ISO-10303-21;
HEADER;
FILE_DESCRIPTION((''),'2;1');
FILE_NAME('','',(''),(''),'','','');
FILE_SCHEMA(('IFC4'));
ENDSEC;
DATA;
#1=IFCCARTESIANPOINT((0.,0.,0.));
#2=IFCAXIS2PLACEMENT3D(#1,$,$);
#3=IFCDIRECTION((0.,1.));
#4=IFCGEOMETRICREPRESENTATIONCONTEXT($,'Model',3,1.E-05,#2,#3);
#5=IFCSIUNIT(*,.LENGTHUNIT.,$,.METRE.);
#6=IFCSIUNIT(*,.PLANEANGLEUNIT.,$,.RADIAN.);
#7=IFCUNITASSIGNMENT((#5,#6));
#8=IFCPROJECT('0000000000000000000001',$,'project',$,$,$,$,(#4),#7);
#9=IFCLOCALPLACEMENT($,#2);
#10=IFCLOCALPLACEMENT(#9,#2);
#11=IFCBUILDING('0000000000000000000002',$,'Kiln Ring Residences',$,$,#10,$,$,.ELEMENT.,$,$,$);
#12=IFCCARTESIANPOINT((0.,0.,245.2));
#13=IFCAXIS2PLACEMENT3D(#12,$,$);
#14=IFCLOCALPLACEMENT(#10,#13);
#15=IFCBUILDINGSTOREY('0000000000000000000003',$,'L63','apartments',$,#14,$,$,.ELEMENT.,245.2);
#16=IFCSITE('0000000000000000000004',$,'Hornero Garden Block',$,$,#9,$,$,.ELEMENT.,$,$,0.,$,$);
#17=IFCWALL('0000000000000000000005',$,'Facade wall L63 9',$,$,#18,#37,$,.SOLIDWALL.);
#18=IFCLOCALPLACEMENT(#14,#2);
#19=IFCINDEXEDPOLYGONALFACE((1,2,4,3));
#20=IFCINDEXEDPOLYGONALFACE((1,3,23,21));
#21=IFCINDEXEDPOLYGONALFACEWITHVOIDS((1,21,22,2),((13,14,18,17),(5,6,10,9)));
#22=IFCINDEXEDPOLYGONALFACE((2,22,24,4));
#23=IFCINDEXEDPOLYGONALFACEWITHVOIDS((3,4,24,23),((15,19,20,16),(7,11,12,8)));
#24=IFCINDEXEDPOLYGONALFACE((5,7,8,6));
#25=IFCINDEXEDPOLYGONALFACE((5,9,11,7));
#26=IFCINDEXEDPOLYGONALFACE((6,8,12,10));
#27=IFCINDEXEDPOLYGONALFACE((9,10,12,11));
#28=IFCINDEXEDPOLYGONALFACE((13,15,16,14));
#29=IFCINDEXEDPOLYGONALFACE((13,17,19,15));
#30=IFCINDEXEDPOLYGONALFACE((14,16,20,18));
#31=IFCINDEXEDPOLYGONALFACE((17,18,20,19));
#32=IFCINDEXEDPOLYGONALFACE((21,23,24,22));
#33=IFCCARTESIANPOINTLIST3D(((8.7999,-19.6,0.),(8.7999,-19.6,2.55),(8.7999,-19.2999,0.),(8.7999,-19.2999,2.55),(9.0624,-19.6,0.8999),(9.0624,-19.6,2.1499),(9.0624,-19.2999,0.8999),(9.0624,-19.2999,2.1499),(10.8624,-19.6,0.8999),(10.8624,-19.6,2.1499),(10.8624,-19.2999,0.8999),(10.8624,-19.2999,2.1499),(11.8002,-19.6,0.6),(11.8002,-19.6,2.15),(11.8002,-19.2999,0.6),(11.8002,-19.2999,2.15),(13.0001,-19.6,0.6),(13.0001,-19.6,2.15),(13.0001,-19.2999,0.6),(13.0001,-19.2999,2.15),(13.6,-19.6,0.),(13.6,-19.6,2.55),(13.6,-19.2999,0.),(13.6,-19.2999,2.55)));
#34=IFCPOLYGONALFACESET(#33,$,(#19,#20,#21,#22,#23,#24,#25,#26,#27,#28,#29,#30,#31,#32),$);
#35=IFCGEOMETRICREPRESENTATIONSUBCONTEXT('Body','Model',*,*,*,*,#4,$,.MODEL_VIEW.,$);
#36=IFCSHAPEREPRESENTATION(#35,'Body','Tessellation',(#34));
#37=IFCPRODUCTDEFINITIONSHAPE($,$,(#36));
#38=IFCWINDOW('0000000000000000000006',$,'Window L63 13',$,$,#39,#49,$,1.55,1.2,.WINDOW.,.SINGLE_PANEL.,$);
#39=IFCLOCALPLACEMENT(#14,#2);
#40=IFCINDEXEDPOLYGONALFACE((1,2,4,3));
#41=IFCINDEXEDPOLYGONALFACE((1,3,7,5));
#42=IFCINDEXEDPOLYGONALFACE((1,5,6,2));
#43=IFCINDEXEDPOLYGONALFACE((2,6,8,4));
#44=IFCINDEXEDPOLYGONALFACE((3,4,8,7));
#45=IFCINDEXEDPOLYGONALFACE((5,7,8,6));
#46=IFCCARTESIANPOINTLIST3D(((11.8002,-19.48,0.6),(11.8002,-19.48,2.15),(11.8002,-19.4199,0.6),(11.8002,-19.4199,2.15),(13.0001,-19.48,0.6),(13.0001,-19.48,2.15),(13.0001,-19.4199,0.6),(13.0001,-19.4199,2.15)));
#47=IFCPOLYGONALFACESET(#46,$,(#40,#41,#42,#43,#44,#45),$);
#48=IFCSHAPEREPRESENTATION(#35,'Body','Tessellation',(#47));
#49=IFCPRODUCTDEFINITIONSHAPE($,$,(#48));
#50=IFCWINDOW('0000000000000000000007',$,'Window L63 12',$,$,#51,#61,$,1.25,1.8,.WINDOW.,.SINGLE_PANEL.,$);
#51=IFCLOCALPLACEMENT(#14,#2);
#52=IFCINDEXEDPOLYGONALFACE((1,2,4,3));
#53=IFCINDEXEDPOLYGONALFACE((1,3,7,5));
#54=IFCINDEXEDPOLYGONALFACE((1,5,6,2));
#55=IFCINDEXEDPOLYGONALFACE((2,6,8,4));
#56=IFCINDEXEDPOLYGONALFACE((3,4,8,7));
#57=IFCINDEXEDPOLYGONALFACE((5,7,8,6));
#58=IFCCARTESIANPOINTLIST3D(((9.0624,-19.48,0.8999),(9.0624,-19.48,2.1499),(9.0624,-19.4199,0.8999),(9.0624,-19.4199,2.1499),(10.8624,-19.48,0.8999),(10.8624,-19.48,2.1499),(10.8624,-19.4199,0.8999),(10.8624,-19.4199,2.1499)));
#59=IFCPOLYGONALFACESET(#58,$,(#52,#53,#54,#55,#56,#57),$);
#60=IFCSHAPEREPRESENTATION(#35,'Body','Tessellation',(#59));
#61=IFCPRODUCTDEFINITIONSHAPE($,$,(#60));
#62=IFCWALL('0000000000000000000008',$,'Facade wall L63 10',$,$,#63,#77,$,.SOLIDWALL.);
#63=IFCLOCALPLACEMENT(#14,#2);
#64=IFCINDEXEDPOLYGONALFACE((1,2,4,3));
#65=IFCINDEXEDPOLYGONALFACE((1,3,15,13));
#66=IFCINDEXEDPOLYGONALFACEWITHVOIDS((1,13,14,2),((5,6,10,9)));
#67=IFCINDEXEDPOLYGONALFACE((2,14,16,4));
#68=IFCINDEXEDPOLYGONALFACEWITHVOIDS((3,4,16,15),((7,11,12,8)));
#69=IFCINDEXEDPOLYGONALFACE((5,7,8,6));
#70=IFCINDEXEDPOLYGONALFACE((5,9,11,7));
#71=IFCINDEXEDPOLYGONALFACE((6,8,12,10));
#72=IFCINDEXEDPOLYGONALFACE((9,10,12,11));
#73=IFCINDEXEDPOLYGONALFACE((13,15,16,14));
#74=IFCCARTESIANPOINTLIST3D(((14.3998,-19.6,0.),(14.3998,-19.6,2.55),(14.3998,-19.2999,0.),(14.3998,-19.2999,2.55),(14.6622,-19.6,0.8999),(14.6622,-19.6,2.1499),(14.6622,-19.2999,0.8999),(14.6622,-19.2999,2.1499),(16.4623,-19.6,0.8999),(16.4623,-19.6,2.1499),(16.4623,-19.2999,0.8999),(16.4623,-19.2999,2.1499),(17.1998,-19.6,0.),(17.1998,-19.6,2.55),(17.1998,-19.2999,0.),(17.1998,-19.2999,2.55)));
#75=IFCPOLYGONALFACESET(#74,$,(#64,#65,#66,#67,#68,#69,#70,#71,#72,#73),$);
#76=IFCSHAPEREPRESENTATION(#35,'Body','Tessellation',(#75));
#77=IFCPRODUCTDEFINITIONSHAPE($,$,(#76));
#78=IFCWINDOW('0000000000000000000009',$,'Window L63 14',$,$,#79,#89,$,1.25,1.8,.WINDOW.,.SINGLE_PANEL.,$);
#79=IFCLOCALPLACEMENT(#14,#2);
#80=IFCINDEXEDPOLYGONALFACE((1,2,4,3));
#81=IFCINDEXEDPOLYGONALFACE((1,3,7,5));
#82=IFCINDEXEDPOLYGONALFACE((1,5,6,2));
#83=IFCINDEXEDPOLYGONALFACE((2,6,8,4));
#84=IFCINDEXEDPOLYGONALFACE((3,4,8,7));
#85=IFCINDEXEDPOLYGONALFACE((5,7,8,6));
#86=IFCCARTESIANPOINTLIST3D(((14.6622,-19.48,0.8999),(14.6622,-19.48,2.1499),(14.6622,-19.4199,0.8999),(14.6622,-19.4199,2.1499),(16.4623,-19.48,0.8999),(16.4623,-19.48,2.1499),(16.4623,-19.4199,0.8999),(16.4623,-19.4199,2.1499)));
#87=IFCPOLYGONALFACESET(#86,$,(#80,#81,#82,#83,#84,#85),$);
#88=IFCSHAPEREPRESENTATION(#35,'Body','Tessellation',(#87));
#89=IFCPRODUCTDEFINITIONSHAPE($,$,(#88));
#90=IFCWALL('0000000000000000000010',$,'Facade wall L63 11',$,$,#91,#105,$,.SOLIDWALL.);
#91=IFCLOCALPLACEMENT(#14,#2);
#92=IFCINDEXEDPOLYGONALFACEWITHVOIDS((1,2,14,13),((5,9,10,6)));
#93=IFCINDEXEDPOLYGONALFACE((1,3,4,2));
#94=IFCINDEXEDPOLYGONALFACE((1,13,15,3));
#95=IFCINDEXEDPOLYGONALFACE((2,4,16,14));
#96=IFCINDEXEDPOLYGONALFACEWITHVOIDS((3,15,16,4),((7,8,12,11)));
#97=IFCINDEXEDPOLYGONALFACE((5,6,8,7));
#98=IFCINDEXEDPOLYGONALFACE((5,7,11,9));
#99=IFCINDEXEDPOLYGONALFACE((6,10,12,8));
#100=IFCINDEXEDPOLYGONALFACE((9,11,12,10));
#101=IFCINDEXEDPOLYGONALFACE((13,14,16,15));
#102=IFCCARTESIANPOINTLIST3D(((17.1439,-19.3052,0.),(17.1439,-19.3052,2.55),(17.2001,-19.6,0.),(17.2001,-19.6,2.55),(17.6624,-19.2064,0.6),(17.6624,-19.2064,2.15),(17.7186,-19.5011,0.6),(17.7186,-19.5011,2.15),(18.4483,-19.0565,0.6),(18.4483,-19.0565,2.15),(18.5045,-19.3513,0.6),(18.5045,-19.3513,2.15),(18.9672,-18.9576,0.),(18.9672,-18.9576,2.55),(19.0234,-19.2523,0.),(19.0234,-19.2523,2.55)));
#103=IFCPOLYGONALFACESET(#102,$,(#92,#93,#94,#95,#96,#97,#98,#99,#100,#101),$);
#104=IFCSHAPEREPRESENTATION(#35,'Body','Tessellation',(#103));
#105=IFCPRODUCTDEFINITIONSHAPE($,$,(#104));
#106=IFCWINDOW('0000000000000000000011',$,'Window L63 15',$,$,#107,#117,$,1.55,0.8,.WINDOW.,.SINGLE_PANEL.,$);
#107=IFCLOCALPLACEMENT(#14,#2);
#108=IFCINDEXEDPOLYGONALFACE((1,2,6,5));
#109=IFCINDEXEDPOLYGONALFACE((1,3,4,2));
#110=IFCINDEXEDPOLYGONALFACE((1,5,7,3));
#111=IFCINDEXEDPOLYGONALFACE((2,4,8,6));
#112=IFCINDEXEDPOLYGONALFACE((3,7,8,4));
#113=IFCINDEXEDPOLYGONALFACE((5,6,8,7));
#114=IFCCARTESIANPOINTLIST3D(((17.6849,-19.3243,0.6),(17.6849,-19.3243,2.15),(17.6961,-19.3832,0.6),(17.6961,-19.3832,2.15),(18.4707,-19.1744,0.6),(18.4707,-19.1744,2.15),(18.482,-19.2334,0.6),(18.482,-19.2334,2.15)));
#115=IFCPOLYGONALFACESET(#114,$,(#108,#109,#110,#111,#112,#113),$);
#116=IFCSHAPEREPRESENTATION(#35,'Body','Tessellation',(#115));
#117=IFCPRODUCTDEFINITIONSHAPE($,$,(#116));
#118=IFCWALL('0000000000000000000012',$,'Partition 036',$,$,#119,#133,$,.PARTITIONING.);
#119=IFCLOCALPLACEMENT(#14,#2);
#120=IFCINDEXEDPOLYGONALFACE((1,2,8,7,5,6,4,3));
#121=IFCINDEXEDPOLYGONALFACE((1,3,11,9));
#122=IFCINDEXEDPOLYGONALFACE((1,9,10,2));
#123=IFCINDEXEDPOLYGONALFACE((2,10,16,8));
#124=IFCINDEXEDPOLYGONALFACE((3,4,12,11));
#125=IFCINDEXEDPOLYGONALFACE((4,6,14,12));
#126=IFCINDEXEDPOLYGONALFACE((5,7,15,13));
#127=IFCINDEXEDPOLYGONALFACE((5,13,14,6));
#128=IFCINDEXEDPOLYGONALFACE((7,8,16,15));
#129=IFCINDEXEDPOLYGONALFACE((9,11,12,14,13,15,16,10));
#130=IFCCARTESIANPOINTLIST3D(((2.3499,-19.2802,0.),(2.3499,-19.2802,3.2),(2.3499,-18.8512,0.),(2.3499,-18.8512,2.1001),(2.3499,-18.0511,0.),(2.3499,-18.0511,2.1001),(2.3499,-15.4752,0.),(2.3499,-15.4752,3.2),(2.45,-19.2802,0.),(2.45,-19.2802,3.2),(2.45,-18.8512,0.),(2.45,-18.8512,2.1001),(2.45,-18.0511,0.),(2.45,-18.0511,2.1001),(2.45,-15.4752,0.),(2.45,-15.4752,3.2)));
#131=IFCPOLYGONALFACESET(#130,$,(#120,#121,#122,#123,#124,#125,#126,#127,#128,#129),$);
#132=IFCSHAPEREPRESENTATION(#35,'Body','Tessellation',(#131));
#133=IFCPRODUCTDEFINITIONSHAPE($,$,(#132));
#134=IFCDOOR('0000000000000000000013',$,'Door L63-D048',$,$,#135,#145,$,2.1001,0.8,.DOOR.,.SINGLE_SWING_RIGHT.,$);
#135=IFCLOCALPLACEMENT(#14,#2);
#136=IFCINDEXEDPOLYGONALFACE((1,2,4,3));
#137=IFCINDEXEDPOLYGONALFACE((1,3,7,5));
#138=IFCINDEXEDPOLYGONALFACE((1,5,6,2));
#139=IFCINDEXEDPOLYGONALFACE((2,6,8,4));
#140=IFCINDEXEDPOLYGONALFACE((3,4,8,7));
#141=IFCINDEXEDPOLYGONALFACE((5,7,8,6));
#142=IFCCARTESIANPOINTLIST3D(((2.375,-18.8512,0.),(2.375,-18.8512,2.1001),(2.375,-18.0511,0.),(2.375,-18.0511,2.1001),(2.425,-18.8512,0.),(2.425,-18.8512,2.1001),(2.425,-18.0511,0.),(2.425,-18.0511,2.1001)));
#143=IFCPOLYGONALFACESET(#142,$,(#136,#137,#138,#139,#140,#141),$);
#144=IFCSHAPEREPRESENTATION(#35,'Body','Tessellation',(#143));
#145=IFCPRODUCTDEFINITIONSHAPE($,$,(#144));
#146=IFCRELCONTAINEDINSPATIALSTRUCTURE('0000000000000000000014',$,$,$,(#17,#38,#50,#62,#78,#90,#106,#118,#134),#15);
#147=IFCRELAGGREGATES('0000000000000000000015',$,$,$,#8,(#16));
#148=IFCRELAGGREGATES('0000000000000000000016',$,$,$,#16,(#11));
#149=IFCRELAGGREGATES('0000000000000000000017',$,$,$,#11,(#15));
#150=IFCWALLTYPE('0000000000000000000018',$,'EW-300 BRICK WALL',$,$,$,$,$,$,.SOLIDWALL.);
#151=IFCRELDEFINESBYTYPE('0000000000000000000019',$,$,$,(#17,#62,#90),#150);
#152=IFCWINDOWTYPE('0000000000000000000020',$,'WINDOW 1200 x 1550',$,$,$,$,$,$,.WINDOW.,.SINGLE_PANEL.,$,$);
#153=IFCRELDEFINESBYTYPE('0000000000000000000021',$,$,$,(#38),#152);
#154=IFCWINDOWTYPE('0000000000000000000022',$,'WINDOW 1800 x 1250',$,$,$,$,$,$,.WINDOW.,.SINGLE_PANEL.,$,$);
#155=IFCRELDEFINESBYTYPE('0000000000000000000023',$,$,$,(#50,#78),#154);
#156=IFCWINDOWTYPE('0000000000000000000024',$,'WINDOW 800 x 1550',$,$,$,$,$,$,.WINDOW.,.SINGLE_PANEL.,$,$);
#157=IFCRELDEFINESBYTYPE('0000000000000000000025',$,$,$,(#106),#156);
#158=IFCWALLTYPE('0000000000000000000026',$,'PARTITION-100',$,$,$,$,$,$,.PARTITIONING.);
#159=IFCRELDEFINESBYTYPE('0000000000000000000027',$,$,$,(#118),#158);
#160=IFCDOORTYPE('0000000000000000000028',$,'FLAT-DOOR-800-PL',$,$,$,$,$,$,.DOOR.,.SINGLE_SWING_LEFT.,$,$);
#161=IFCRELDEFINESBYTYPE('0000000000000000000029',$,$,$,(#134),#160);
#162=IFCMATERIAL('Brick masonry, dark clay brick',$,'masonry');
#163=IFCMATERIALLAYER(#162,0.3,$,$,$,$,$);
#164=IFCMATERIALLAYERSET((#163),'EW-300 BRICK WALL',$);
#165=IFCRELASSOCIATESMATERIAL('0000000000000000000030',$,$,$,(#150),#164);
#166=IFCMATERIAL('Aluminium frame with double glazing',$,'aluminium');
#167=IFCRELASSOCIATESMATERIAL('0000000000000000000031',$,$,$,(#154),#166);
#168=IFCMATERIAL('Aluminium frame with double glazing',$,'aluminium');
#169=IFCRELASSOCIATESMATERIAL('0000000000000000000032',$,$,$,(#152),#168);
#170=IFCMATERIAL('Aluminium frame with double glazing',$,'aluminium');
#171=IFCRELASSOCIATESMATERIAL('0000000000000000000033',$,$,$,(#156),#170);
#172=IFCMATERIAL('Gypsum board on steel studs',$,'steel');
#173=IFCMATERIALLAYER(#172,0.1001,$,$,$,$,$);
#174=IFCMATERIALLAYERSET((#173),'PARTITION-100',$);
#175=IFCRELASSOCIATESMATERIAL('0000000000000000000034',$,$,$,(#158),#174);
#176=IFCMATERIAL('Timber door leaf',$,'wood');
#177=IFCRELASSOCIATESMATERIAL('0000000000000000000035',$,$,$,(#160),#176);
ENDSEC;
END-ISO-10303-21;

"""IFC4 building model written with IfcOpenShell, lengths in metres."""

from ifc_helpers import new_model, si_unit, direction, frame, frame_2d, origin, place, context, subcontext, project, spatial, rectangle, extrude, material, layer, layer_set, type_object, element, fill, save


model = new_model("IFC4")

# Units and contexts
model_context = context("Model", 3, precision=1e-05, world=origin(), true_north=direction((0.0, 1.0)))
body_context = subcontext(model_context, "Body", "Model", "MODEL_VIEW")
ifc_project = project(units=[si_unit("LENGTHUNIT", "METRE"), si_unit("PLANEANGLEUNIT", "RADIAN")], contexts=[model_context])

# Site, building, storey
site_placement = place(None, origin())
site = spatial("IfcSite", under=ifc_project, at=site_placement, Name="Hornero Garden Block", CompositionType="ELEMENT", RefElevation=0.0)
building_placement = place(site_placement, origin())
building = spatial("IfcBuilding", under=site, at=building_placement, Name="Kiln Ring Residences", CompositionType="ELEMENT")
storey_placement = place(building_placement, frame((0.0, 0.0, 245.2)))
storey = spatial("IfcBuildingStorey", under=building, at=storey_placement, Name="L63", Description="apartments", CompositionType="ELEMENT", Elevation=245.2)

# Wall, openings, windows
ifc_material_1 = material(Name="Brick masonry, dark clay brick", Category="masonry")
ifc_layer_1 = layer(ifc_material_1, 0.3)
ifc_layer_set_1 = layer_set([ifc_layer_1], Name="EW-300 BRICK WALL")
wall_type_1 = type_object("IfcWallType", Name="EW-300 BRICK WALL", PredefinedType="SOLIDWALL", material=ifc_layer_set_1)
ifc_material_2 = material(Name="Aluminium frame with double glazing", Category="aluminium")
window_type_1 = type_object("IfcWindowType", Name="WINDOW 1800 x 1250", PartitioningType="SINGLE_PANEL", PredefinedType="WINDOW", material=ifc_material_2)
wall_1_placement = place(storey_placement, frame((8.8, -19.45, 0.0), z_axis=(0.0, 0.0, 1.0), x_axis=(1.0, 0.0, 0.0)))
wall_1 = element("IfcWall", 1, at=wall_1_placement, inside=storey, type_object=wall_type_1, Name="Facade wall L63 9", PredefinedType="SOLIDWALL", context=body_context, shape_type="SweptSolid", body=[
    extrude(rectangle(XDim=4.8, YDim=0.3, at=frame_2d((2.3999, 0.0))), origin(), (0.0, 0.0, 1.0), 2.55),
])
opening_1_placement = place(wall_1_placement, frame((0.2625, 0.0, 0.8999)))
opening_1 = element("IfcOpeningElement", 2, at=opening_1_placement, cuts=wall_1, PredefinedType="OPENING", context=body_context, shape_type="SweptSolid", body=[
    extrude(rectangle(XDim=1.8, YDim=1.25, at=frame_2d((0.8999, 0.625))), frame((0.0, 0.1599, 0.0), z_axis=(0.0, -1.0, 0.0), x_axis=(1.0, 0.0, 0.0)), (0.0, 0.0, 1.0), 0.3201),
])
opening_2_placement = place(wall_1_placement, frame((3.0, 0.0, 0.6001)))
opening_2 = element("IfcOpeningElement", 3, at=opening_2_placement, cuts=wall_1, PredefinedType="OPENING", context=body_context, shape_type="SweptSolid", body=[
    extrude(rectangle(XDim=1.2, YDim=1.55, at=frame_2d((0.6001, 0.7749))), frame((0.0, 0.1599, 0.0), z_axis=(0.0, -1.0, 0.0), x_axis=(1.0, 0.0, 0.0)), (0.0, 0.0, 1.0), 0.3201),
])
ifc_material_3 = material(Name="Aluminium frame with double glazing", Category="aluminium")
window_type_2 = type_object("IfcWindowType", Name="WINDOW 1200 x 1550", PartitioningType="SINGLE_PANEL", PredefinedType="WINDOW", material=ifc_material_3)
window_1_placement = place(opening_2_placement, origin())
window_1 = element("IfcWindow", 4, at=window_1_placement, inside=storey, type_object=window_type_2, Name="Window L63 13", OverallHeight=1.55, OverallWidth=1.2, PartitioningType="SINGLE_PANEL", PredefinedType="WINDOW", context=body_context, shape_type="SweptSolid", body=[
    extrude(rectangle(XDim=1.2, YDim=1.55, at=frame_2d((0.6001, 0.7749))), frame((0.0, 0.03, 0.0), z_axis=(0.0, -1.0, 0.0), x_axis=(1.0, 0.0, 0.0)), (0.0, 0.0, 1.0), 0.0601),
])
fill(opening_2, window_1)
window_2_placement = place(opening_1_placement, origin())
window_2 = element("IfcWindow", 5, at=window_2_placement, inside=storey, type_object=window_type_1, Name="Window L63 12", OverallHeight=1.25, OverallWidth=1.8, PartitioningType="SINGLE_PANEL", PredefinedType="WINDOW", context=body_context, shape_type="SweptSolid", body=[
    extrude(rectangle(XDim=1.8, YDim=1.25, at=frame_2d((0.8999, 0.625))), frame((0.0, 0.03, 0.0), z_axis=(0.0, -1.0, 0.0), x_axis=(1.0, 0.0, 0.0)), (0.0, 0.0, 1.0), 0.0601),
])
fill(opening_1, window_2)

# Walls, openings, windows
wall_2_placement = place(storey_placement, frame((14.3999, -19.45, 0.0), z_axis=(0.0, 0.0, 1.0), x_axis=(1.0, 0.0, 0.0)))
wall_2 = element("IfcWall", 6, at=wall_2_placement, inside=storey, type_object=wall_type_1, Name="Facade wall L63 10", PredefinedType="SOLIDWALL", context=body_context, shape_type="SweptSolid", body=[
    extrude(rectangle(XDim=2.8, YDim=0.3, at=frame_2d((1.3999, 0.0))), origin(), (0.0, 0.0, 1.0), 2.55),
])
opening_3_placement = place(wall_2_placement, frame((0.2625, 0.0, 0.8999)))
opening_3 = element("IfcOpeningElement", 7, at=opening_3_placement, cuts=wall_2, PredefinedType="OPENING", context=body_context, shape_type="SweptSolid", body=[
    extrude(rectangle(XDim=1.8, YDim=1.25, at=frame_2d((0.8999, 0.625))), frame((0.0, 0.1599, 0.0), z_axis=(0.0, -1.0, 0.0), x_axis=(1.0, 0.0, 0.0)), (0.0, 0.0, 1.0), 0.3201),
])
window_3_placement = place(opening_3_placement, origin())
window_3 = element("IfcWindow", 8, at=window_3_placement, inside=storey, type_object=window_type_1, Name="Window L63 14", OverallHeight=1.25, OverallWidth=1.8, PartitioningType="SINGLE_PANEL", PredefinedType="WINDOW", context=body_context, shape_type="SweptSolid", body=[
    extrude(rectangle(XDim=1.8, YDim=1.25, at=frame_2d((0.8999, 0.625))), frame((0.0, 0.03, 0.0), z_axis=(0.0, -1.0, 0.0), x_axis=(1.0, 0.0, 0.0)), (0.0, 0.0, 1.0), 0.0601),
])
fill(opening_3, window_3)
wall_3_placement = place(storey_placement, frame((17.1719, -19.4526, 0.0), z_axis=(0.0, 0.0, 1.0), x_axis=(0.982302, 0.187306, 0.0)))
wall_3 = element("IfcWall", 9, at=wall_3_placement, inside=storey, type_object=wall_type_1, Name="Facade wall L63 11", PredefinedType="SOLIDWALL", context=body_context, shape_type="SweptSolid", body=[
    extrude(rectangle(XDim=1.8562, YDim=0.3, at=frame_2d((0.9282, 0.0))), origin(), (0.0, 0.0, 1.0), 2.55),
])
opening_4_placement = place(wall_3_placement, frame((0.5281, 0.0, 0.6001)))
opening_4 = element("IfcOpeningElement", 10, at=opening_4_placement, cuts=wall_3, PredefinedType="OPENING", context=body_context, shape_type="SweptSolid", body=[
    extrude(rectangle(XDim=0.8, YDim=1.55, at=frame_2d((0.3999, 0.7749))), frame((0.0, 0.1599, 0.0), z_axis=(0.0, -1.0, 0.0), x_axis=(1.0, 0.0, 0.0)), (0.0, 0.0, 1.0), 0.3201),
])
ifc_material_4 = material(Name="Aluminium frame with double glazing", Category="aluminium")
window_type_3 = type_object("IfcWindowType", Name="WINDOW 800 x 1550", PartitioningType="SINGLE_PANEL", PredefinedType="WINDOW", material=ifc_material_4)
window_4_placement = place(opening_4_placement, origin())
window_4 = element("IfcWindow", 11, at=window_4_placement, inside=storey, type_object=window_type_3, Name="Window L63 15", OverallHeight=1.55, OverallWidth=0.8, PartitioningType="SINGLE_PANEL", PredefinedType="WINDOW", context=body_context, shape_type="SweptSolid", body=[
    extrude(rectangle(XDim=0.8, YDim=1.55, at=frame_2d((0.3999, 0.7749))), frame((0.0, 0.03, 0.0), z_axis=(0.0, -1.0, 0.0), x_axis=(1.0, 0.0, 0.0)), (0.0, 0.0, 1.0), 0.0601),
])
fill(opening_4, window_4)

# Wall, opening, door
ifc_material_5 = material(Name="Gypsum board on steel studs", Category="steel")
ifc_layer_2 = layer(ifc_material_5, 0.1001)
ifc_layer_set_2 = layer_set([ifc_layer_2], Name="PARTITION-100")
wall_type_2 = type_object("IfcWallType", Name="PARTITION-100", PredefinedType="PARTITIONING", material=ifc_layer_set_2)
wall_4_placement = place(storey_placement, frame((2.3999, -19.28, 0.0), z_axis=(0.0, 0.0, 1.0), x_axis=(0.0, 1.0, 0.0)))
wall_4 = element("IfcWall", 12, at=wall_4_placement, inside=storey, type_object=wall_type_2, Name="Partition 036", PredefinedType="PARTITIONING", context=body_context, shape_type="SweptSolid", body=[
    extrude(rectangle(XDim=3.8049, YDim=0.1001, at=frame_2d((1.9023, 0.0))), origin(), (0.0, 0.0, 1.0), 3.2),
])
opening_5_placement = place(wall_4_placement, frame((0.429, 0.0, 0.0)))
opening_5 = element("IfcOpeningElement", 13, at=opening_5_placement, cuts=wall_4, PredefinedType="OPENING", context=body_context, shape_type="SweptSolid", body=[
    extrude(rectangle(XDim=0.8, YDim=2.1001, at=frame_2d((0.3999, 1.05))), frame((0.0, 0.0601, 0.0), z_axis=(0.0, -1.0, 0.0), x_axis=(1.0, 0.0, 0.0)), (0.0, 0.0, 1.0), 0.1201),
])
ifc_material_6 = material(Name="Timber door leaf", Category="wood")
door_type_1 = type_object("IfcDoorType", Name="FLAT-DOOR-800-PL", OperationType="SINGLE_SWING_LEFT", PredefinedType="DOOR", material=ifc_material_6)
door_1_placement = place(opening_5_placement, origin())
door_1 = element("IfcDoor", 14, at=door_1_placement, inside=storey, type_object=door_type_1, Name="Door L63-D048", OperationType="SINGLE_SWING_RIGHT", OverallHeight=2.1001, OverallWidth=0.8, PredefinedType="DOOR", context=body_context, shape_type="SweptSolid", body=[
    extrude(rectangle(XDim=0.8, YDim=2.1001, at=frame_2d((0.3999, 1.05))), frame((0.0, 0.0249, 0.0), z_axis=(0.0, -1.0, 0.0), x_axis=(1.0, 0.0, 0.0)), (0.0, 0.0, 1.0), 0.05),
])
fill(opening_5, door_1)

save(model, "model.ifc")
